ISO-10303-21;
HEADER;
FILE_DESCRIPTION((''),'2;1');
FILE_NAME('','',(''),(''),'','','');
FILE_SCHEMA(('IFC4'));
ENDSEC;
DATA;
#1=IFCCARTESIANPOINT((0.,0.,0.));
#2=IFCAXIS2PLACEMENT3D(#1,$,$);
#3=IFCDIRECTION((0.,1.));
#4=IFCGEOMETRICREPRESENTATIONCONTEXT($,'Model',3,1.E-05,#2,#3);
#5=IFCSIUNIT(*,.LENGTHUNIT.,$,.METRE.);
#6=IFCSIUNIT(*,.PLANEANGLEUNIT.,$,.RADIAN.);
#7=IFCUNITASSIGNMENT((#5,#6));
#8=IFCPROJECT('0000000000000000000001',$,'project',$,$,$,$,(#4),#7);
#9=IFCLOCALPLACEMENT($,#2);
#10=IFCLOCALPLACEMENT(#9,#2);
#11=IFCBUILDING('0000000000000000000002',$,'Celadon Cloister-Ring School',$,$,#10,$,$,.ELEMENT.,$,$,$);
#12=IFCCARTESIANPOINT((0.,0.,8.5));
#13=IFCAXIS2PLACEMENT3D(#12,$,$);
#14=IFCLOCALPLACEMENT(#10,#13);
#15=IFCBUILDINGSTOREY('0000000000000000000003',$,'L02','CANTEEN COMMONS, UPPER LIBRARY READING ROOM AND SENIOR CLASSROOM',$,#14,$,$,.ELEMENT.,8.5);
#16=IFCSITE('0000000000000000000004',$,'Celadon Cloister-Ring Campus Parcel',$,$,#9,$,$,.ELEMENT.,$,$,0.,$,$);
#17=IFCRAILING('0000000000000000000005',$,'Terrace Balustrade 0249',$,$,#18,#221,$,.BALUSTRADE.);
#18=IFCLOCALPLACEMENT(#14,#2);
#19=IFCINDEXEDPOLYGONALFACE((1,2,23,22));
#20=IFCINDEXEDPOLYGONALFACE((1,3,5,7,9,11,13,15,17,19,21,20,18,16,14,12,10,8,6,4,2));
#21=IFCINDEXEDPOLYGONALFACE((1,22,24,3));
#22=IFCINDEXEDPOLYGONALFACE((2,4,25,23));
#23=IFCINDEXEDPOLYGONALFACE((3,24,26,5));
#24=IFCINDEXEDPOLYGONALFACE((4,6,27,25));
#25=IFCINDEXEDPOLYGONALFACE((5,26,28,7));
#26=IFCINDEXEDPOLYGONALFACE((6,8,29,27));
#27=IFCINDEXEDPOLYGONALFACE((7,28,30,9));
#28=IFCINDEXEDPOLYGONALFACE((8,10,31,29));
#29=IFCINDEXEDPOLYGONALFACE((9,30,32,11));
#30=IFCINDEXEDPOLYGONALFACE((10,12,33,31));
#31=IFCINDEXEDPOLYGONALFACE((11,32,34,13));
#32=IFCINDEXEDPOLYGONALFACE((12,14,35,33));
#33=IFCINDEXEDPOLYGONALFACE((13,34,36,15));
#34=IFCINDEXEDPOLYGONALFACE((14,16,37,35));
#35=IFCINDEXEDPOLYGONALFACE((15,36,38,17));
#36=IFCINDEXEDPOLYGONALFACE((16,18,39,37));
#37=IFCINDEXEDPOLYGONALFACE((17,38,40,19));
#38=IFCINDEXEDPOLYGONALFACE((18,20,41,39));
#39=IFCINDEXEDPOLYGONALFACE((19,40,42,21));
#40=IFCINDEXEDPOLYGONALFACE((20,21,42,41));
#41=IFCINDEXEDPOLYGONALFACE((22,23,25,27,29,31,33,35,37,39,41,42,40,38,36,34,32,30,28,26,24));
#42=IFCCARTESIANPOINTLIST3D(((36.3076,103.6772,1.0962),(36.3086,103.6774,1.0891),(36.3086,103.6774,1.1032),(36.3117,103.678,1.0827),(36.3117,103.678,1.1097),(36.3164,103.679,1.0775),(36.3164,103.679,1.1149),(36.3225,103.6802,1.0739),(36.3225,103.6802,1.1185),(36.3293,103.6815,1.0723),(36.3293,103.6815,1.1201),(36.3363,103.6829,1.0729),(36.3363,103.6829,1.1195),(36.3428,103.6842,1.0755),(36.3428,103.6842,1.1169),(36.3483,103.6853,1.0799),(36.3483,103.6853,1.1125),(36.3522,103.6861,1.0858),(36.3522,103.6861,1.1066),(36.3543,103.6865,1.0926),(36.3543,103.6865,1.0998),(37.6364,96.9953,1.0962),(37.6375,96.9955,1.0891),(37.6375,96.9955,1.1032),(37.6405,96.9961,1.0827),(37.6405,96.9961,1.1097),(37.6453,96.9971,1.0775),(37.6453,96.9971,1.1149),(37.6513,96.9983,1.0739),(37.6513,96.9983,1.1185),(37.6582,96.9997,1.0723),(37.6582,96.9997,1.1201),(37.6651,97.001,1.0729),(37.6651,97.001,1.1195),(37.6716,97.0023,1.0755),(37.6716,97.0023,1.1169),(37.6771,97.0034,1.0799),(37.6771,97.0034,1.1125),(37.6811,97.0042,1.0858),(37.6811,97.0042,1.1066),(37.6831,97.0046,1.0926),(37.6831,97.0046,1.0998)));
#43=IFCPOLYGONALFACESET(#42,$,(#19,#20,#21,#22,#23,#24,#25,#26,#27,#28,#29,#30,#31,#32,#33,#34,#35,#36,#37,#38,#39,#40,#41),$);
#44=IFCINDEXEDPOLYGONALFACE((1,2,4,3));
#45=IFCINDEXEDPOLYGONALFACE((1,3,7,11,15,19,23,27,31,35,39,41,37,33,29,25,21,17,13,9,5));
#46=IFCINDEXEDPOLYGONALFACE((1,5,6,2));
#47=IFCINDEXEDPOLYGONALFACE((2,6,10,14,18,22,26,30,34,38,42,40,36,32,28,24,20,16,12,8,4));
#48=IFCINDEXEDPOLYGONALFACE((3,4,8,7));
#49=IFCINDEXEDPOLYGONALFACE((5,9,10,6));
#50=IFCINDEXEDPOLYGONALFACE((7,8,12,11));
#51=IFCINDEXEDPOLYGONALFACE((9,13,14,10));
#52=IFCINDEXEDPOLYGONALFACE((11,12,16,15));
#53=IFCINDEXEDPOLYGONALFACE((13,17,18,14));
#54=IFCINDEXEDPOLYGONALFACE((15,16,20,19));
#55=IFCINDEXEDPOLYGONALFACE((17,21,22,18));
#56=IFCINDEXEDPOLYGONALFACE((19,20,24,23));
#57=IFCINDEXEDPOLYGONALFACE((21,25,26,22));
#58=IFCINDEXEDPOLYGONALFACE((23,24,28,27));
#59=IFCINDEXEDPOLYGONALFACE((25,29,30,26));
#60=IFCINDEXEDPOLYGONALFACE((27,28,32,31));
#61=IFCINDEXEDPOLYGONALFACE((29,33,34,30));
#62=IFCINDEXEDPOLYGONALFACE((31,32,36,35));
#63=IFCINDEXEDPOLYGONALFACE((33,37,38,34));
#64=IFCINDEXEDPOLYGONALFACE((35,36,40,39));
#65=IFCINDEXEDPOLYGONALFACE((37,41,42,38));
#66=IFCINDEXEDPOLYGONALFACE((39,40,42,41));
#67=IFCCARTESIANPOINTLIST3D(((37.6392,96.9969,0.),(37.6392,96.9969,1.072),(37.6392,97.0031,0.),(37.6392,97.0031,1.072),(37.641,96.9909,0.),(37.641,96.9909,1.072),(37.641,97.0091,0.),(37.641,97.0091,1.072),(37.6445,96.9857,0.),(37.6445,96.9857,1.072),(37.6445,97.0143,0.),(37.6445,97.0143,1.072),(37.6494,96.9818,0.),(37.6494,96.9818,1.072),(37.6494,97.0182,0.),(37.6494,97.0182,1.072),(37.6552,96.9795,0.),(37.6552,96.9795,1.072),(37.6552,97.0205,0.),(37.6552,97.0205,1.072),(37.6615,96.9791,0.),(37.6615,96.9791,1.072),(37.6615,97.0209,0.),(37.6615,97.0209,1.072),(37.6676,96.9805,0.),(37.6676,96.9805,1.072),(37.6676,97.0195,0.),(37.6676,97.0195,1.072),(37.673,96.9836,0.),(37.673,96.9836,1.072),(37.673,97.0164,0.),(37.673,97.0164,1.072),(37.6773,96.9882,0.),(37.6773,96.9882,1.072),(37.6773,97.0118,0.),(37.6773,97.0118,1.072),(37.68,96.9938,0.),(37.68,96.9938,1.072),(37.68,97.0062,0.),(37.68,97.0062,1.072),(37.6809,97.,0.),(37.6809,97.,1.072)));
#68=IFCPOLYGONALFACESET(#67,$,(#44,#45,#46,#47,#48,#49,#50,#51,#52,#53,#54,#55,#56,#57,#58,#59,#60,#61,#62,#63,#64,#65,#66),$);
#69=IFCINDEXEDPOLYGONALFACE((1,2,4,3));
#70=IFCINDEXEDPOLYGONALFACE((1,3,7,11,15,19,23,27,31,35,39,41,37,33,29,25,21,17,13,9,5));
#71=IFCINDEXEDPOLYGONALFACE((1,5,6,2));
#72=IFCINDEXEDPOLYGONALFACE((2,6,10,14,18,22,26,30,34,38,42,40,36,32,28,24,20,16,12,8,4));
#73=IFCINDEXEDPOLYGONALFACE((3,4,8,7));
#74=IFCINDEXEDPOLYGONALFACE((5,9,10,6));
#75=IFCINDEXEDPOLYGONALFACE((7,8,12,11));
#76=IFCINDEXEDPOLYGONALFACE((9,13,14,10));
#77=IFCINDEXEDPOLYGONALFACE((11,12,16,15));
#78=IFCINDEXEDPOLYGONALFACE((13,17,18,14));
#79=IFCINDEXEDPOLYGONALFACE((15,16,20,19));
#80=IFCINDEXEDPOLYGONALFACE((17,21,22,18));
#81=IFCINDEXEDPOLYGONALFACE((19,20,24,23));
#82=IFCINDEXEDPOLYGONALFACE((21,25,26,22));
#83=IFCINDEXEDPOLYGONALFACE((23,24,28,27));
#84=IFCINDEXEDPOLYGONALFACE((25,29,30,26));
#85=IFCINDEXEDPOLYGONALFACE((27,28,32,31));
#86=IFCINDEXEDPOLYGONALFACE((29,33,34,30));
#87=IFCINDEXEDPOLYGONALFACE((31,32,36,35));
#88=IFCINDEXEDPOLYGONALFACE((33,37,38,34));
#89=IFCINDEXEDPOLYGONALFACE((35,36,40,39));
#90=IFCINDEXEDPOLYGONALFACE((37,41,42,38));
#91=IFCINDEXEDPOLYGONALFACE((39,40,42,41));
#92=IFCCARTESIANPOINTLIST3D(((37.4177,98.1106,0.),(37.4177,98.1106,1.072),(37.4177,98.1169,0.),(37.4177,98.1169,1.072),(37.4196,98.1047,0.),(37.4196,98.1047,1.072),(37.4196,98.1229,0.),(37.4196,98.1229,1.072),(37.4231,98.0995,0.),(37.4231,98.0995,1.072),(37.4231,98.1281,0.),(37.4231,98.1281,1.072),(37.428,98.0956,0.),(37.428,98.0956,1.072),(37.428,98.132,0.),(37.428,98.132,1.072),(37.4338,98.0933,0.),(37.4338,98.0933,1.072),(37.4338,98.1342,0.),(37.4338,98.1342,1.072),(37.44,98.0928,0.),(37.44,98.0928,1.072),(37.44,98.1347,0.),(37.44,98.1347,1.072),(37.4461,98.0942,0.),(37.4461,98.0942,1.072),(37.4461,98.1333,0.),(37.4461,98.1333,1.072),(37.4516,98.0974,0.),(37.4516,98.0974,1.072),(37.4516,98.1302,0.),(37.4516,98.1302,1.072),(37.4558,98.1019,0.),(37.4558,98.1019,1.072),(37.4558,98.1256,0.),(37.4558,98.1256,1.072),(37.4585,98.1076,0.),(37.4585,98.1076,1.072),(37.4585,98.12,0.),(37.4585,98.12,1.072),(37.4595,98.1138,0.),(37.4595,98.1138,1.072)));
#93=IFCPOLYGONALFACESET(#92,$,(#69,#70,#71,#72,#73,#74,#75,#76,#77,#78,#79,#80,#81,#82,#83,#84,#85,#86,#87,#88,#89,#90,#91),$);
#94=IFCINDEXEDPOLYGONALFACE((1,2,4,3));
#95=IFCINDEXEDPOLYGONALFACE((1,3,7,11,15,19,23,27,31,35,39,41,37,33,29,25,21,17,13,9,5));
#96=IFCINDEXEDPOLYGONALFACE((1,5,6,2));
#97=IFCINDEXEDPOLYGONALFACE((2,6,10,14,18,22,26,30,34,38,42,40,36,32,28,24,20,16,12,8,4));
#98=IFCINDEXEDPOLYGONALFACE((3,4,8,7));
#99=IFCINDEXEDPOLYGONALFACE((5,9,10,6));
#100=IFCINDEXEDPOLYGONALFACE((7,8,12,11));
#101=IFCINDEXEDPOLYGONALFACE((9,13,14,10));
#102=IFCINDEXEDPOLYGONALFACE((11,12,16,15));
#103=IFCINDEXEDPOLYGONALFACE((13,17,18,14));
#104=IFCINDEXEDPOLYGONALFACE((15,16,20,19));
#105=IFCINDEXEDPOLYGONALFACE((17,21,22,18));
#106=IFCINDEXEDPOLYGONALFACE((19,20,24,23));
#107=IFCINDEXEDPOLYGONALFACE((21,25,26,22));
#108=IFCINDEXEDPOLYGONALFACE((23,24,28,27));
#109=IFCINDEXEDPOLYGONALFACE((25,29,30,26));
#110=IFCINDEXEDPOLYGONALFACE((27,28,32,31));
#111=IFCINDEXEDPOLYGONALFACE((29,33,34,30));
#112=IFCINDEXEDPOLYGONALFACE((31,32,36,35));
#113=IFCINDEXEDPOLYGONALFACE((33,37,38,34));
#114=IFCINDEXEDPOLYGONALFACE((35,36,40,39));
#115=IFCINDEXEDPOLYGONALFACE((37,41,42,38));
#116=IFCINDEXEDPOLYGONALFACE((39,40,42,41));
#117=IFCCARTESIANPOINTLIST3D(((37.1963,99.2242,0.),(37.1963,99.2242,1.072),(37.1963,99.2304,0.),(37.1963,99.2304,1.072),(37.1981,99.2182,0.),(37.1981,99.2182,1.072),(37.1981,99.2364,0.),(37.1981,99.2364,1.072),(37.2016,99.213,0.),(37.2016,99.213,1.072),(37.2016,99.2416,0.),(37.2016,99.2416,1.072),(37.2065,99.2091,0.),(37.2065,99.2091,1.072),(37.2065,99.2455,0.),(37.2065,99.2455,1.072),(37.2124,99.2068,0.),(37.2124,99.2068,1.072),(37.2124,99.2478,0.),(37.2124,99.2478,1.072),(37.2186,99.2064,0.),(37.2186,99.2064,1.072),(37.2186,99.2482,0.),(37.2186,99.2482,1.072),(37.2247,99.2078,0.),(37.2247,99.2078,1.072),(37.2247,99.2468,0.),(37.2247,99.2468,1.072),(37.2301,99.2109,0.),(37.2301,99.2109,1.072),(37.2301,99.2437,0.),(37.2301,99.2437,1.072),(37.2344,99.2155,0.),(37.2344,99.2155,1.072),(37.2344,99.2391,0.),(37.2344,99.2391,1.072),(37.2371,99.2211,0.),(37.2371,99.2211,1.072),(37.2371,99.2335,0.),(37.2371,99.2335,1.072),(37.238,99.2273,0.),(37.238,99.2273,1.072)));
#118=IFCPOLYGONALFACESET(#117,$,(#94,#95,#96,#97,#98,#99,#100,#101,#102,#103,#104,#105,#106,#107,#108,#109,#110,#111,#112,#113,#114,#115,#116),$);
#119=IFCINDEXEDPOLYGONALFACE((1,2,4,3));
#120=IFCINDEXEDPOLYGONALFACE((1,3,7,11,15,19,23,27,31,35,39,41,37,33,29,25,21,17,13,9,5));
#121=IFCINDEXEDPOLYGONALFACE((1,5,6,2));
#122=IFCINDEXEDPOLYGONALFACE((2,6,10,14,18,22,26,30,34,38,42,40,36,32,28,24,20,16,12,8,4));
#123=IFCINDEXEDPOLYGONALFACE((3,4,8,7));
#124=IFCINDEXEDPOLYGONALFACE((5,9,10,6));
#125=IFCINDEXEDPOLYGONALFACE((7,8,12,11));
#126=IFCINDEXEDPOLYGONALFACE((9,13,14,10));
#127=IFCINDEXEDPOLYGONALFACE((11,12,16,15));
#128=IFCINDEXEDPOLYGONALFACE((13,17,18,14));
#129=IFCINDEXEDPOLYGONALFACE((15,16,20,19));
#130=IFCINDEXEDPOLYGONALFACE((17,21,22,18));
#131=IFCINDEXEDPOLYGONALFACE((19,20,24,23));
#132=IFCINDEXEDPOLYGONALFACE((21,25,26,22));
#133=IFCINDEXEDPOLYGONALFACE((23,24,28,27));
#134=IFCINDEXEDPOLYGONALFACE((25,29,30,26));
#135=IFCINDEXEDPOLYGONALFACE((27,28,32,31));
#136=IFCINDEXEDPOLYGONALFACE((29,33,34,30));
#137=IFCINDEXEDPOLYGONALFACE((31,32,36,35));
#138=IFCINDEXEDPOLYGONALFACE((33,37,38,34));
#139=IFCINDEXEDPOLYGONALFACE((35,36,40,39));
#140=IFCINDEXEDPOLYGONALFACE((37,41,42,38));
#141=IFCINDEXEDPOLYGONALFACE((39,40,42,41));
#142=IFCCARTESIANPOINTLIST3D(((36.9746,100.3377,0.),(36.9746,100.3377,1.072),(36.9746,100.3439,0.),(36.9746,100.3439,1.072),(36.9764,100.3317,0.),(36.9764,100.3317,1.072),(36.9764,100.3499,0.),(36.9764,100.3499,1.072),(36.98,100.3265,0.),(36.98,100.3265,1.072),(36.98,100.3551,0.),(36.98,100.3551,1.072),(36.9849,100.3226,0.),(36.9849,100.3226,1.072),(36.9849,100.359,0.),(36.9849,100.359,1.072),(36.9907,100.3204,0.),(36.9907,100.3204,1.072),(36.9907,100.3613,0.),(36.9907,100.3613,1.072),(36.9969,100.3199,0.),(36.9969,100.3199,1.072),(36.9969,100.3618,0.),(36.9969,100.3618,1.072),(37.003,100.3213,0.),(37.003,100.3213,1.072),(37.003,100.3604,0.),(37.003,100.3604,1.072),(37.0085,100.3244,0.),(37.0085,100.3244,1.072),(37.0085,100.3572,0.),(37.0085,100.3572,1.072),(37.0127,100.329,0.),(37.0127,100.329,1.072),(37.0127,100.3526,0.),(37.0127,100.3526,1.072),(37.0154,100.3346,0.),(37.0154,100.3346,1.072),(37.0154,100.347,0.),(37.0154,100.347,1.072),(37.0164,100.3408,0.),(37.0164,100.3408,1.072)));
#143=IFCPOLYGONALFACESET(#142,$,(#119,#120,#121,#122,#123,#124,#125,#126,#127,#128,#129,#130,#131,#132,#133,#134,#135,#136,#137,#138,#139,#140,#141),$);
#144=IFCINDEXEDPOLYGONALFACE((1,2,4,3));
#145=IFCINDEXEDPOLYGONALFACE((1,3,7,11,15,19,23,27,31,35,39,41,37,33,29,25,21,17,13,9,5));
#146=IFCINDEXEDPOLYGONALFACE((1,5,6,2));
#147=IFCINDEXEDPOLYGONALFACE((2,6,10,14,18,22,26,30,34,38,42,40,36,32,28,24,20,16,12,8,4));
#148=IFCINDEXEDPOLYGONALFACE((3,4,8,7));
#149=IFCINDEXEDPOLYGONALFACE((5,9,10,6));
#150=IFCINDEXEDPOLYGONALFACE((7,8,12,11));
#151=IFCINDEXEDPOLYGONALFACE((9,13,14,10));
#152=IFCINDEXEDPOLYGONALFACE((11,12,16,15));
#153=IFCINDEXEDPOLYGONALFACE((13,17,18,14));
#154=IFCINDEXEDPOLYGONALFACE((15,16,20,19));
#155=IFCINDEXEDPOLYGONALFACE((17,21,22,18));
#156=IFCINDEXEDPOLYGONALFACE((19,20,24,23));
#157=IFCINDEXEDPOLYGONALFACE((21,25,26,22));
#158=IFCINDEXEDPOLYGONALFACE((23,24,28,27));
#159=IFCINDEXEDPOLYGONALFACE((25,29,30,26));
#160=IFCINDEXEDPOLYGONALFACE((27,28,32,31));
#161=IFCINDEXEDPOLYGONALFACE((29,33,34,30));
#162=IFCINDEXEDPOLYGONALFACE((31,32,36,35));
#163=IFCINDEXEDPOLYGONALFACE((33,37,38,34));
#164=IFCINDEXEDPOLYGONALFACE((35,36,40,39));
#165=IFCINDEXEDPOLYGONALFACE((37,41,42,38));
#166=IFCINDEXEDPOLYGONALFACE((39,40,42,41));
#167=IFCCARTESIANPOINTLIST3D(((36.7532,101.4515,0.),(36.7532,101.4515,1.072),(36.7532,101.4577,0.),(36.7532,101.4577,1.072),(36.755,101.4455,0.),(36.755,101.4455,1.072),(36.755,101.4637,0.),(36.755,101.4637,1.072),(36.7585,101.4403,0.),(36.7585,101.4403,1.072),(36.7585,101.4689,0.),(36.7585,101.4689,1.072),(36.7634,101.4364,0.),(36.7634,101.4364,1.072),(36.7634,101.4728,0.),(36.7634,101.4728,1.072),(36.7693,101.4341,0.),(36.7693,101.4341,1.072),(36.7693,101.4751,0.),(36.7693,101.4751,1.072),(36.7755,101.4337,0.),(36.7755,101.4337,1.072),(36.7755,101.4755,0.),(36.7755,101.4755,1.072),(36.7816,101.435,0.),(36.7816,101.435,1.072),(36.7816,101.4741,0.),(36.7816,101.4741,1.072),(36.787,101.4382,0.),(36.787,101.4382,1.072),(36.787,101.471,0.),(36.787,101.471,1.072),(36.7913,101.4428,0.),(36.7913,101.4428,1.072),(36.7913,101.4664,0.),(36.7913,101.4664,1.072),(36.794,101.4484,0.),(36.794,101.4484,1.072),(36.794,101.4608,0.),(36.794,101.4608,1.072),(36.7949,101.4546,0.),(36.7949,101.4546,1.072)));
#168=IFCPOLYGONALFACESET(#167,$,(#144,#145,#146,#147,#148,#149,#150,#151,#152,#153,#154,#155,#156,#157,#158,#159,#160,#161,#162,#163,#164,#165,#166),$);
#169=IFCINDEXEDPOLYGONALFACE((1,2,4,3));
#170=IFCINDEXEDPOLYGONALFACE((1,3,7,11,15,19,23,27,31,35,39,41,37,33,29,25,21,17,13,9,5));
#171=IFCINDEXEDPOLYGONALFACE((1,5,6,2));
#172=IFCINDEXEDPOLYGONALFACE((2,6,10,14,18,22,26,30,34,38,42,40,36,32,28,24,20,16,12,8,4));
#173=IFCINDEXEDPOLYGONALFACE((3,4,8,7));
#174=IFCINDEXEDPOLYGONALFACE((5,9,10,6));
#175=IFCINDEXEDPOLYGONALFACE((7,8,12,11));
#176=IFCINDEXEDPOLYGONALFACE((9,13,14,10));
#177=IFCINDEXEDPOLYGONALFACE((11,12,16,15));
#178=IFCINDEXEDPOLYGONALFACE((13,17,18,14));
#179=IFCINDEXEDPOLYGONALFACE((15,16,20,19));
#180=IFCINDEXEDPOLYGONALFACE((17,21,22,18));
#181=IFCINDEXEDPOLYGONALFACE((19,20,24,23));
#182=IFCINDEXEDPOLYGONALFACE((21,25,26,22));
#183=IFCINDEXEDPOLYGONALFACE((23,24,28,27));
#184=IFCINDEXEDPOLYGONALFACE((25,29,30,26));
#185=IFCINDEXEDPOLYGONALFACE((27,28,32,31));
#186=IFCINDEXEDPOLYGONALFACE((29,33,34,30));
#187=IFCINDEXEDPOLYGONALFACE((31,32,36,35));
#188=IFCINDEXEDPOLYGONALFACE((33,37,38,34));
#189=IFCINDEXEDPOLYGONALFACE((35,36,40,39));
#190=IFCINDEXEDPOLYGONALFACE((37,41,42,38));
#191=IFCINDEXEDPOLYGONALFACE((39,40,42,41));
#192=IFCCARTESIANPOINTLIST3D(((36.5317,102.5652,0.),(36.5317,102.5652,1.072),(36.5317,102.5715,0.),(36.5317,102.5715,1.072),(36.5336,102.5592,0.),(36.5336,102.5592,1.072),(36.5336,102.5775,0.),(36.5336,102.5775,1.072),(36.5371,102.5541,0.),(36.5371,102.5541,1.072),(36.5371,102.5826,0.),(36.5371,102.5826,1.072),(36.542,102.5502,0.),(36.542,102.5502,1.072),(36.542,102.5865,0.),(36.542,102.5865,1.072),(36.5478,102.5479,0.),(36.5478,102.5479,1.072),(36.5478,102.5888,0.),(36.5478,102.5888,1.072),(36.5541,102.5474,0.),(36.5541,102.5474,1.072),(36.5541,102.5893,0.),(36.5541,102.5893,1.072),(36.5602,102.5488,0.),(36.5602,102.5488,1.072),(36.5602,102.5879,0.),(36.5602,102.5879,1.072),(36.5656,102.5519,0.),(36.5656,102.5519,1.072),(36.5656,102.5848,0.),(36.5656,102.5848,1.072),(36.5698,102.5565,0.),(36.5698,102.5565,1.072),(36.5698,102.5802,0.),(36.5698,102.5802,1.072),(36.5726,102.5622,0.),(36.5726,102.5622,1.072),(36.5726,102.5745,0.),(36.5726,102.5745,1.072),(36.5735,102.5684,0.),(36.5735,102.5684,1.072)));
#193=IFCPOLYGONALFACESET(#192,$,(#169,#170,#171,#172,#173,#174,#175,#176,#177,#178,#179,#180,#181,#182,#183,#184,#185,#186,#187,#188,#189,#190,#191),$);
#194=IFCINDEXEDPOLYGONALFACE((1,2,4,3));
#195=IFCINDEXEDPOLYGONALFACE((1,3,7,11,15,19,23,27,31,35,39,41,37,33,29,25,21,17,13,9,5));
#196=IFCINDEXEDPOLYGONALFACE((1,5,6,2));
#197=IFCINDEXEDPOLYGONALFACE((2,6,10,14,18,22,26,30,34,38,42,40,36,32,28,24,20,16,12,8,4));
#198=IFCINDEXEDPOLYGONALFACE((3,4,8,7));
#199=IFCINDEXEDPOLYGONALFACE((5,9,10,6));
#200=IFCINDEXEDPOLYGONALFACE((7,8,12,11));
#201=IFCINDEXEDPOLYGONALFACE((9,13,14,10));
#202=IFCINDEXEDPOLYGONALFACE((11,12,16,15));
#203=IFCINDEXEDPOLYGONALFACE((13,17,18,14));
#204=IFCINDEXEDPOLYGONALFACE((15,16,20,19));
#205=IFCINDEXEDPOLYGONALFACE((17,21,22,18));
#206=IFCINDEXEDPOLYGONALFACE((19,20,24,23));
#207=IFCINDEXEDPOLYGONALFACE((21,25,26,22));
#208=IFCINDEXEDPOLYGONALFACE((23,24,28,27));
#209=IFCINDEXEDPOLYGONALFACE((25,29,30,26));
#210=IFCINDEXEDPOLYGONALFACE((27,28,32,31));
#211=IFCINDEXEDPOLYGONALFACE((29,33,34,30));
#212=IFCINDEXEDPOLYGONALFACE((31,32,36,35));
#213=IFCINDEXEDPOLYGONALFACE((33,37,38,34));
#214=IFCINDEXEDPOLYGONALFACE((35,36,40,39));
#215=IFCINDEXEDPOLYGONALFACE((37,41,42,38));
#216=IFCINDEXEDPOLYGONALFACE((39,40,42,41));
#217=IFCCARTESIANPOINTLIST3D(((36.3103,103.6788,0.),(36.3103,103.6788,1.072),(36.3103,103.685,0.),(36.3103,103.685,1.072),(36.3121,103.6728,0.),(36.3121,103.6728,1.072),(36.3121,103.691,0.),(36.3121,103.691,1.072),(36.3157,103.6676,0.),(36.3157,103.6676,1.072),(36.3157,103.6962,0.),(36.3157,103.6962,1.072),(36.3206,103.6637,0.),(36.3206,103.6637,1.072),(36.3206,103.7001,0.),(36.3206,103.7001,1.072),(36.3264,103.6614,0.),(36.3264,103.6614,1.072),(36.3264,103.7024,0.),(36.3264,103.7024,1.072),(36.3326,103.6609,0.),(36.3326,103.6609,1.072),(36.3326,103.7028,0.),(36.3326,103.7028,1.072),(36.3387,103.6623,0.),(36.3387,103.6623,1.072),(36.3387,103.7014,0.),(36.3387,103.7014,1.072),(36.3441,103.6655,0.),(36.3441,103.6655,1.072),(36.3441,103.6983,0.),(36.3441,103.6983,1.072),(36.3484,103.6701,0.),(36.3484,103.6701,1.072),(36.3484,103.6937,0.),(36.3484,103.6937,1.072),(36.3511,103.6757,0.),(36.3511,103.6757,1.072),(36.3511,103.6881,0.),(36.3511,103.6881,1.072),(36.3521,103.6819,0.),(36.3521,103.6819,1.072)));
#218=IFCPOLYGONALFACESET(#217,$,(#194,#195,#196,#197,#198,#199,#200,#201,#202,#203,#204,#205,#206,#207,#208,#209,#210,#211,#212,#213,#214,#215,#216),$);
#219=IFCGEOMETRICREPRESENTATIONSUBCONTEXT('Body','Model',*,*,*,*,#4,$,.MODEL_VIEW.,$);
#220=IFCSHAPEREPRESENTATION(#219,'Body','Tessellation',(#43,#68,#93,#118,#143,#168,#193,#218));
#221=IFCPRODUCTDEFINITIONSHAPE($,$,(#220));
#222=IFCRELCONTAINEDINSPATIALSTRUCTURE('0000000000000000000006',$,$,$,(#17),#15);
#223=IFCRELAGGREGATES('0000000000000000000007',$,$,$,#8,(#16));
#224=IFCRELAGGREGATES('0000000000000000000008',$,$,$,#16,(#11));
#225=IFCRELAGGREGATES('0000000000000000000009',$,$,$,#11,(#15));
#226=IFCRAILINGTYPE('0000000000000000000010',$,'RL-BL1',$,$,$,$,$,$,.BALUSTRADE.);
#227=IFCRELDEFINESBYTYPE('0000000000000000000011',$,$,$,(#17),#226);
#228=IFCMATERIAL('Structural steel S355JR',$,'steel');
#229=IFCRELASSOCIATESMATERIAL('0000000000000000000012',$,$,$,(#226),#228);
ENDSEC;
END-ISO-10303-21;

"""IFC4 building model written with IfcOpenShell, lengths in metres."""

from ifc_helpers import new_model, si_unit, direction, frame, origin, origin_2d, place, context, subcontext, project, spatial, circle, extrude, material, type_object, element, save


model = new_model("IFC4")

# Units and contexts
model_context = context("Model", 3, precision=1e-05, world=origin(), true_north=direction((0.0, 1.0)))
body_context = subcontext(model_context, "Body", "Model", "MODEL_VIEW")
ifc_project = project(units=[si_unit("LENGTHUNIT", "METRE"), si_unit("PLANEANGLEUNIT", "RADIAN")], contexts=[model_context])

# Site, building, storey
site_placement = place(None, origin())
site = spatial("IfcSite", under=ifc_project, at=site_placement, Name="Celadon Cloister-Ring Campus Parcel", CompositionType="ELEMENT", RefElevation=0.0)
building_placement = place(site_placement, origin())
building = spatial("IfcBuilding", under=site, at=building_placement, Name="Celadon Cloister-Ring School", CompositionType="ELEMENT")
storey_placement = place(building_placement, frame((0.0, 0.0, 8.5)))
storey = spatial("IfcBuildingStorey", under=building, at=storey_placement, Name="L02", Description="CANTEEN COMMONS, UPPER LIBRARY READING ROOM AND SENIOR CLASSROOM", CompositionType="ELEMENT", Elevation=8.5)

# Railing
ifc_material_1 = material(Name="Structural steel S355JR", Category="steel")
railing_type_1 = type_object("IfcRailingType", Name="RL-BL1", PredefinedType="BALUSTRADE", material=ifc_material_1)
railing_1_placement = place(storey_placement, frame((37.6599, 97.0, 0.0)))
element("IfcRailing", 1, at=railing_1_placement, inside=storey, type_object=railing_type_1, Name="Terrace Balustrade 0249", PredefinedType="BALUSTRADE", context=body_context, shape_type="SweptSolid", body=[
    extrude(circle(Radius=0.0239, at=origin_2d()), frame((0.0, 0.0, 1.0962), z_axis=(-0.195055, 0.980792, 0.0), x_axis=(-0.980792, -0.195055, 0.0)), (0.0, 0.0, 1.0), 6.8127),
    extrude(circle(Radius=0.021, at=origin_2d()), origin(), (0.0, 0.0, 1.0), 1.072),
    extrude(circle(Radius=0.021, at=origin_2d()), frame((-0.2214, 1.1138, 0.0)), (0.0, 0.0, 1.0), 1.072),
    extrude(circle(Radius=0.021, at=origin_2d()), frame((-0.4429, 2.2273, 0.0)), (0.0, 0.0, 1.0), 1.072),
    extrude(circle(Radius=0.021, at=origin_2d()), frame((-0.6646, 3.3408, 0.0)), (0.0, 0.0, 1.0), 1.072),
    extrude(circle(Radius=0.021, at=origin_2d()), frame((-0.886, 4.4546, 0.0)), (0.0, 0.0, 1.0), 1.072),
    extrude(circle(Radius=0.021, at=origin_2d()), frame((-1.1074, 5.5684, 0.0)), (0.0, 0.0, 1.0), 1.072),
    extrude(circle(Radius=0.021, at=origin_2d()), frame((-1.3289, 6.6819, 0.0)), (0.0, 0.0, 1.0), 1.072),
])

save(model, "model.ifc")
